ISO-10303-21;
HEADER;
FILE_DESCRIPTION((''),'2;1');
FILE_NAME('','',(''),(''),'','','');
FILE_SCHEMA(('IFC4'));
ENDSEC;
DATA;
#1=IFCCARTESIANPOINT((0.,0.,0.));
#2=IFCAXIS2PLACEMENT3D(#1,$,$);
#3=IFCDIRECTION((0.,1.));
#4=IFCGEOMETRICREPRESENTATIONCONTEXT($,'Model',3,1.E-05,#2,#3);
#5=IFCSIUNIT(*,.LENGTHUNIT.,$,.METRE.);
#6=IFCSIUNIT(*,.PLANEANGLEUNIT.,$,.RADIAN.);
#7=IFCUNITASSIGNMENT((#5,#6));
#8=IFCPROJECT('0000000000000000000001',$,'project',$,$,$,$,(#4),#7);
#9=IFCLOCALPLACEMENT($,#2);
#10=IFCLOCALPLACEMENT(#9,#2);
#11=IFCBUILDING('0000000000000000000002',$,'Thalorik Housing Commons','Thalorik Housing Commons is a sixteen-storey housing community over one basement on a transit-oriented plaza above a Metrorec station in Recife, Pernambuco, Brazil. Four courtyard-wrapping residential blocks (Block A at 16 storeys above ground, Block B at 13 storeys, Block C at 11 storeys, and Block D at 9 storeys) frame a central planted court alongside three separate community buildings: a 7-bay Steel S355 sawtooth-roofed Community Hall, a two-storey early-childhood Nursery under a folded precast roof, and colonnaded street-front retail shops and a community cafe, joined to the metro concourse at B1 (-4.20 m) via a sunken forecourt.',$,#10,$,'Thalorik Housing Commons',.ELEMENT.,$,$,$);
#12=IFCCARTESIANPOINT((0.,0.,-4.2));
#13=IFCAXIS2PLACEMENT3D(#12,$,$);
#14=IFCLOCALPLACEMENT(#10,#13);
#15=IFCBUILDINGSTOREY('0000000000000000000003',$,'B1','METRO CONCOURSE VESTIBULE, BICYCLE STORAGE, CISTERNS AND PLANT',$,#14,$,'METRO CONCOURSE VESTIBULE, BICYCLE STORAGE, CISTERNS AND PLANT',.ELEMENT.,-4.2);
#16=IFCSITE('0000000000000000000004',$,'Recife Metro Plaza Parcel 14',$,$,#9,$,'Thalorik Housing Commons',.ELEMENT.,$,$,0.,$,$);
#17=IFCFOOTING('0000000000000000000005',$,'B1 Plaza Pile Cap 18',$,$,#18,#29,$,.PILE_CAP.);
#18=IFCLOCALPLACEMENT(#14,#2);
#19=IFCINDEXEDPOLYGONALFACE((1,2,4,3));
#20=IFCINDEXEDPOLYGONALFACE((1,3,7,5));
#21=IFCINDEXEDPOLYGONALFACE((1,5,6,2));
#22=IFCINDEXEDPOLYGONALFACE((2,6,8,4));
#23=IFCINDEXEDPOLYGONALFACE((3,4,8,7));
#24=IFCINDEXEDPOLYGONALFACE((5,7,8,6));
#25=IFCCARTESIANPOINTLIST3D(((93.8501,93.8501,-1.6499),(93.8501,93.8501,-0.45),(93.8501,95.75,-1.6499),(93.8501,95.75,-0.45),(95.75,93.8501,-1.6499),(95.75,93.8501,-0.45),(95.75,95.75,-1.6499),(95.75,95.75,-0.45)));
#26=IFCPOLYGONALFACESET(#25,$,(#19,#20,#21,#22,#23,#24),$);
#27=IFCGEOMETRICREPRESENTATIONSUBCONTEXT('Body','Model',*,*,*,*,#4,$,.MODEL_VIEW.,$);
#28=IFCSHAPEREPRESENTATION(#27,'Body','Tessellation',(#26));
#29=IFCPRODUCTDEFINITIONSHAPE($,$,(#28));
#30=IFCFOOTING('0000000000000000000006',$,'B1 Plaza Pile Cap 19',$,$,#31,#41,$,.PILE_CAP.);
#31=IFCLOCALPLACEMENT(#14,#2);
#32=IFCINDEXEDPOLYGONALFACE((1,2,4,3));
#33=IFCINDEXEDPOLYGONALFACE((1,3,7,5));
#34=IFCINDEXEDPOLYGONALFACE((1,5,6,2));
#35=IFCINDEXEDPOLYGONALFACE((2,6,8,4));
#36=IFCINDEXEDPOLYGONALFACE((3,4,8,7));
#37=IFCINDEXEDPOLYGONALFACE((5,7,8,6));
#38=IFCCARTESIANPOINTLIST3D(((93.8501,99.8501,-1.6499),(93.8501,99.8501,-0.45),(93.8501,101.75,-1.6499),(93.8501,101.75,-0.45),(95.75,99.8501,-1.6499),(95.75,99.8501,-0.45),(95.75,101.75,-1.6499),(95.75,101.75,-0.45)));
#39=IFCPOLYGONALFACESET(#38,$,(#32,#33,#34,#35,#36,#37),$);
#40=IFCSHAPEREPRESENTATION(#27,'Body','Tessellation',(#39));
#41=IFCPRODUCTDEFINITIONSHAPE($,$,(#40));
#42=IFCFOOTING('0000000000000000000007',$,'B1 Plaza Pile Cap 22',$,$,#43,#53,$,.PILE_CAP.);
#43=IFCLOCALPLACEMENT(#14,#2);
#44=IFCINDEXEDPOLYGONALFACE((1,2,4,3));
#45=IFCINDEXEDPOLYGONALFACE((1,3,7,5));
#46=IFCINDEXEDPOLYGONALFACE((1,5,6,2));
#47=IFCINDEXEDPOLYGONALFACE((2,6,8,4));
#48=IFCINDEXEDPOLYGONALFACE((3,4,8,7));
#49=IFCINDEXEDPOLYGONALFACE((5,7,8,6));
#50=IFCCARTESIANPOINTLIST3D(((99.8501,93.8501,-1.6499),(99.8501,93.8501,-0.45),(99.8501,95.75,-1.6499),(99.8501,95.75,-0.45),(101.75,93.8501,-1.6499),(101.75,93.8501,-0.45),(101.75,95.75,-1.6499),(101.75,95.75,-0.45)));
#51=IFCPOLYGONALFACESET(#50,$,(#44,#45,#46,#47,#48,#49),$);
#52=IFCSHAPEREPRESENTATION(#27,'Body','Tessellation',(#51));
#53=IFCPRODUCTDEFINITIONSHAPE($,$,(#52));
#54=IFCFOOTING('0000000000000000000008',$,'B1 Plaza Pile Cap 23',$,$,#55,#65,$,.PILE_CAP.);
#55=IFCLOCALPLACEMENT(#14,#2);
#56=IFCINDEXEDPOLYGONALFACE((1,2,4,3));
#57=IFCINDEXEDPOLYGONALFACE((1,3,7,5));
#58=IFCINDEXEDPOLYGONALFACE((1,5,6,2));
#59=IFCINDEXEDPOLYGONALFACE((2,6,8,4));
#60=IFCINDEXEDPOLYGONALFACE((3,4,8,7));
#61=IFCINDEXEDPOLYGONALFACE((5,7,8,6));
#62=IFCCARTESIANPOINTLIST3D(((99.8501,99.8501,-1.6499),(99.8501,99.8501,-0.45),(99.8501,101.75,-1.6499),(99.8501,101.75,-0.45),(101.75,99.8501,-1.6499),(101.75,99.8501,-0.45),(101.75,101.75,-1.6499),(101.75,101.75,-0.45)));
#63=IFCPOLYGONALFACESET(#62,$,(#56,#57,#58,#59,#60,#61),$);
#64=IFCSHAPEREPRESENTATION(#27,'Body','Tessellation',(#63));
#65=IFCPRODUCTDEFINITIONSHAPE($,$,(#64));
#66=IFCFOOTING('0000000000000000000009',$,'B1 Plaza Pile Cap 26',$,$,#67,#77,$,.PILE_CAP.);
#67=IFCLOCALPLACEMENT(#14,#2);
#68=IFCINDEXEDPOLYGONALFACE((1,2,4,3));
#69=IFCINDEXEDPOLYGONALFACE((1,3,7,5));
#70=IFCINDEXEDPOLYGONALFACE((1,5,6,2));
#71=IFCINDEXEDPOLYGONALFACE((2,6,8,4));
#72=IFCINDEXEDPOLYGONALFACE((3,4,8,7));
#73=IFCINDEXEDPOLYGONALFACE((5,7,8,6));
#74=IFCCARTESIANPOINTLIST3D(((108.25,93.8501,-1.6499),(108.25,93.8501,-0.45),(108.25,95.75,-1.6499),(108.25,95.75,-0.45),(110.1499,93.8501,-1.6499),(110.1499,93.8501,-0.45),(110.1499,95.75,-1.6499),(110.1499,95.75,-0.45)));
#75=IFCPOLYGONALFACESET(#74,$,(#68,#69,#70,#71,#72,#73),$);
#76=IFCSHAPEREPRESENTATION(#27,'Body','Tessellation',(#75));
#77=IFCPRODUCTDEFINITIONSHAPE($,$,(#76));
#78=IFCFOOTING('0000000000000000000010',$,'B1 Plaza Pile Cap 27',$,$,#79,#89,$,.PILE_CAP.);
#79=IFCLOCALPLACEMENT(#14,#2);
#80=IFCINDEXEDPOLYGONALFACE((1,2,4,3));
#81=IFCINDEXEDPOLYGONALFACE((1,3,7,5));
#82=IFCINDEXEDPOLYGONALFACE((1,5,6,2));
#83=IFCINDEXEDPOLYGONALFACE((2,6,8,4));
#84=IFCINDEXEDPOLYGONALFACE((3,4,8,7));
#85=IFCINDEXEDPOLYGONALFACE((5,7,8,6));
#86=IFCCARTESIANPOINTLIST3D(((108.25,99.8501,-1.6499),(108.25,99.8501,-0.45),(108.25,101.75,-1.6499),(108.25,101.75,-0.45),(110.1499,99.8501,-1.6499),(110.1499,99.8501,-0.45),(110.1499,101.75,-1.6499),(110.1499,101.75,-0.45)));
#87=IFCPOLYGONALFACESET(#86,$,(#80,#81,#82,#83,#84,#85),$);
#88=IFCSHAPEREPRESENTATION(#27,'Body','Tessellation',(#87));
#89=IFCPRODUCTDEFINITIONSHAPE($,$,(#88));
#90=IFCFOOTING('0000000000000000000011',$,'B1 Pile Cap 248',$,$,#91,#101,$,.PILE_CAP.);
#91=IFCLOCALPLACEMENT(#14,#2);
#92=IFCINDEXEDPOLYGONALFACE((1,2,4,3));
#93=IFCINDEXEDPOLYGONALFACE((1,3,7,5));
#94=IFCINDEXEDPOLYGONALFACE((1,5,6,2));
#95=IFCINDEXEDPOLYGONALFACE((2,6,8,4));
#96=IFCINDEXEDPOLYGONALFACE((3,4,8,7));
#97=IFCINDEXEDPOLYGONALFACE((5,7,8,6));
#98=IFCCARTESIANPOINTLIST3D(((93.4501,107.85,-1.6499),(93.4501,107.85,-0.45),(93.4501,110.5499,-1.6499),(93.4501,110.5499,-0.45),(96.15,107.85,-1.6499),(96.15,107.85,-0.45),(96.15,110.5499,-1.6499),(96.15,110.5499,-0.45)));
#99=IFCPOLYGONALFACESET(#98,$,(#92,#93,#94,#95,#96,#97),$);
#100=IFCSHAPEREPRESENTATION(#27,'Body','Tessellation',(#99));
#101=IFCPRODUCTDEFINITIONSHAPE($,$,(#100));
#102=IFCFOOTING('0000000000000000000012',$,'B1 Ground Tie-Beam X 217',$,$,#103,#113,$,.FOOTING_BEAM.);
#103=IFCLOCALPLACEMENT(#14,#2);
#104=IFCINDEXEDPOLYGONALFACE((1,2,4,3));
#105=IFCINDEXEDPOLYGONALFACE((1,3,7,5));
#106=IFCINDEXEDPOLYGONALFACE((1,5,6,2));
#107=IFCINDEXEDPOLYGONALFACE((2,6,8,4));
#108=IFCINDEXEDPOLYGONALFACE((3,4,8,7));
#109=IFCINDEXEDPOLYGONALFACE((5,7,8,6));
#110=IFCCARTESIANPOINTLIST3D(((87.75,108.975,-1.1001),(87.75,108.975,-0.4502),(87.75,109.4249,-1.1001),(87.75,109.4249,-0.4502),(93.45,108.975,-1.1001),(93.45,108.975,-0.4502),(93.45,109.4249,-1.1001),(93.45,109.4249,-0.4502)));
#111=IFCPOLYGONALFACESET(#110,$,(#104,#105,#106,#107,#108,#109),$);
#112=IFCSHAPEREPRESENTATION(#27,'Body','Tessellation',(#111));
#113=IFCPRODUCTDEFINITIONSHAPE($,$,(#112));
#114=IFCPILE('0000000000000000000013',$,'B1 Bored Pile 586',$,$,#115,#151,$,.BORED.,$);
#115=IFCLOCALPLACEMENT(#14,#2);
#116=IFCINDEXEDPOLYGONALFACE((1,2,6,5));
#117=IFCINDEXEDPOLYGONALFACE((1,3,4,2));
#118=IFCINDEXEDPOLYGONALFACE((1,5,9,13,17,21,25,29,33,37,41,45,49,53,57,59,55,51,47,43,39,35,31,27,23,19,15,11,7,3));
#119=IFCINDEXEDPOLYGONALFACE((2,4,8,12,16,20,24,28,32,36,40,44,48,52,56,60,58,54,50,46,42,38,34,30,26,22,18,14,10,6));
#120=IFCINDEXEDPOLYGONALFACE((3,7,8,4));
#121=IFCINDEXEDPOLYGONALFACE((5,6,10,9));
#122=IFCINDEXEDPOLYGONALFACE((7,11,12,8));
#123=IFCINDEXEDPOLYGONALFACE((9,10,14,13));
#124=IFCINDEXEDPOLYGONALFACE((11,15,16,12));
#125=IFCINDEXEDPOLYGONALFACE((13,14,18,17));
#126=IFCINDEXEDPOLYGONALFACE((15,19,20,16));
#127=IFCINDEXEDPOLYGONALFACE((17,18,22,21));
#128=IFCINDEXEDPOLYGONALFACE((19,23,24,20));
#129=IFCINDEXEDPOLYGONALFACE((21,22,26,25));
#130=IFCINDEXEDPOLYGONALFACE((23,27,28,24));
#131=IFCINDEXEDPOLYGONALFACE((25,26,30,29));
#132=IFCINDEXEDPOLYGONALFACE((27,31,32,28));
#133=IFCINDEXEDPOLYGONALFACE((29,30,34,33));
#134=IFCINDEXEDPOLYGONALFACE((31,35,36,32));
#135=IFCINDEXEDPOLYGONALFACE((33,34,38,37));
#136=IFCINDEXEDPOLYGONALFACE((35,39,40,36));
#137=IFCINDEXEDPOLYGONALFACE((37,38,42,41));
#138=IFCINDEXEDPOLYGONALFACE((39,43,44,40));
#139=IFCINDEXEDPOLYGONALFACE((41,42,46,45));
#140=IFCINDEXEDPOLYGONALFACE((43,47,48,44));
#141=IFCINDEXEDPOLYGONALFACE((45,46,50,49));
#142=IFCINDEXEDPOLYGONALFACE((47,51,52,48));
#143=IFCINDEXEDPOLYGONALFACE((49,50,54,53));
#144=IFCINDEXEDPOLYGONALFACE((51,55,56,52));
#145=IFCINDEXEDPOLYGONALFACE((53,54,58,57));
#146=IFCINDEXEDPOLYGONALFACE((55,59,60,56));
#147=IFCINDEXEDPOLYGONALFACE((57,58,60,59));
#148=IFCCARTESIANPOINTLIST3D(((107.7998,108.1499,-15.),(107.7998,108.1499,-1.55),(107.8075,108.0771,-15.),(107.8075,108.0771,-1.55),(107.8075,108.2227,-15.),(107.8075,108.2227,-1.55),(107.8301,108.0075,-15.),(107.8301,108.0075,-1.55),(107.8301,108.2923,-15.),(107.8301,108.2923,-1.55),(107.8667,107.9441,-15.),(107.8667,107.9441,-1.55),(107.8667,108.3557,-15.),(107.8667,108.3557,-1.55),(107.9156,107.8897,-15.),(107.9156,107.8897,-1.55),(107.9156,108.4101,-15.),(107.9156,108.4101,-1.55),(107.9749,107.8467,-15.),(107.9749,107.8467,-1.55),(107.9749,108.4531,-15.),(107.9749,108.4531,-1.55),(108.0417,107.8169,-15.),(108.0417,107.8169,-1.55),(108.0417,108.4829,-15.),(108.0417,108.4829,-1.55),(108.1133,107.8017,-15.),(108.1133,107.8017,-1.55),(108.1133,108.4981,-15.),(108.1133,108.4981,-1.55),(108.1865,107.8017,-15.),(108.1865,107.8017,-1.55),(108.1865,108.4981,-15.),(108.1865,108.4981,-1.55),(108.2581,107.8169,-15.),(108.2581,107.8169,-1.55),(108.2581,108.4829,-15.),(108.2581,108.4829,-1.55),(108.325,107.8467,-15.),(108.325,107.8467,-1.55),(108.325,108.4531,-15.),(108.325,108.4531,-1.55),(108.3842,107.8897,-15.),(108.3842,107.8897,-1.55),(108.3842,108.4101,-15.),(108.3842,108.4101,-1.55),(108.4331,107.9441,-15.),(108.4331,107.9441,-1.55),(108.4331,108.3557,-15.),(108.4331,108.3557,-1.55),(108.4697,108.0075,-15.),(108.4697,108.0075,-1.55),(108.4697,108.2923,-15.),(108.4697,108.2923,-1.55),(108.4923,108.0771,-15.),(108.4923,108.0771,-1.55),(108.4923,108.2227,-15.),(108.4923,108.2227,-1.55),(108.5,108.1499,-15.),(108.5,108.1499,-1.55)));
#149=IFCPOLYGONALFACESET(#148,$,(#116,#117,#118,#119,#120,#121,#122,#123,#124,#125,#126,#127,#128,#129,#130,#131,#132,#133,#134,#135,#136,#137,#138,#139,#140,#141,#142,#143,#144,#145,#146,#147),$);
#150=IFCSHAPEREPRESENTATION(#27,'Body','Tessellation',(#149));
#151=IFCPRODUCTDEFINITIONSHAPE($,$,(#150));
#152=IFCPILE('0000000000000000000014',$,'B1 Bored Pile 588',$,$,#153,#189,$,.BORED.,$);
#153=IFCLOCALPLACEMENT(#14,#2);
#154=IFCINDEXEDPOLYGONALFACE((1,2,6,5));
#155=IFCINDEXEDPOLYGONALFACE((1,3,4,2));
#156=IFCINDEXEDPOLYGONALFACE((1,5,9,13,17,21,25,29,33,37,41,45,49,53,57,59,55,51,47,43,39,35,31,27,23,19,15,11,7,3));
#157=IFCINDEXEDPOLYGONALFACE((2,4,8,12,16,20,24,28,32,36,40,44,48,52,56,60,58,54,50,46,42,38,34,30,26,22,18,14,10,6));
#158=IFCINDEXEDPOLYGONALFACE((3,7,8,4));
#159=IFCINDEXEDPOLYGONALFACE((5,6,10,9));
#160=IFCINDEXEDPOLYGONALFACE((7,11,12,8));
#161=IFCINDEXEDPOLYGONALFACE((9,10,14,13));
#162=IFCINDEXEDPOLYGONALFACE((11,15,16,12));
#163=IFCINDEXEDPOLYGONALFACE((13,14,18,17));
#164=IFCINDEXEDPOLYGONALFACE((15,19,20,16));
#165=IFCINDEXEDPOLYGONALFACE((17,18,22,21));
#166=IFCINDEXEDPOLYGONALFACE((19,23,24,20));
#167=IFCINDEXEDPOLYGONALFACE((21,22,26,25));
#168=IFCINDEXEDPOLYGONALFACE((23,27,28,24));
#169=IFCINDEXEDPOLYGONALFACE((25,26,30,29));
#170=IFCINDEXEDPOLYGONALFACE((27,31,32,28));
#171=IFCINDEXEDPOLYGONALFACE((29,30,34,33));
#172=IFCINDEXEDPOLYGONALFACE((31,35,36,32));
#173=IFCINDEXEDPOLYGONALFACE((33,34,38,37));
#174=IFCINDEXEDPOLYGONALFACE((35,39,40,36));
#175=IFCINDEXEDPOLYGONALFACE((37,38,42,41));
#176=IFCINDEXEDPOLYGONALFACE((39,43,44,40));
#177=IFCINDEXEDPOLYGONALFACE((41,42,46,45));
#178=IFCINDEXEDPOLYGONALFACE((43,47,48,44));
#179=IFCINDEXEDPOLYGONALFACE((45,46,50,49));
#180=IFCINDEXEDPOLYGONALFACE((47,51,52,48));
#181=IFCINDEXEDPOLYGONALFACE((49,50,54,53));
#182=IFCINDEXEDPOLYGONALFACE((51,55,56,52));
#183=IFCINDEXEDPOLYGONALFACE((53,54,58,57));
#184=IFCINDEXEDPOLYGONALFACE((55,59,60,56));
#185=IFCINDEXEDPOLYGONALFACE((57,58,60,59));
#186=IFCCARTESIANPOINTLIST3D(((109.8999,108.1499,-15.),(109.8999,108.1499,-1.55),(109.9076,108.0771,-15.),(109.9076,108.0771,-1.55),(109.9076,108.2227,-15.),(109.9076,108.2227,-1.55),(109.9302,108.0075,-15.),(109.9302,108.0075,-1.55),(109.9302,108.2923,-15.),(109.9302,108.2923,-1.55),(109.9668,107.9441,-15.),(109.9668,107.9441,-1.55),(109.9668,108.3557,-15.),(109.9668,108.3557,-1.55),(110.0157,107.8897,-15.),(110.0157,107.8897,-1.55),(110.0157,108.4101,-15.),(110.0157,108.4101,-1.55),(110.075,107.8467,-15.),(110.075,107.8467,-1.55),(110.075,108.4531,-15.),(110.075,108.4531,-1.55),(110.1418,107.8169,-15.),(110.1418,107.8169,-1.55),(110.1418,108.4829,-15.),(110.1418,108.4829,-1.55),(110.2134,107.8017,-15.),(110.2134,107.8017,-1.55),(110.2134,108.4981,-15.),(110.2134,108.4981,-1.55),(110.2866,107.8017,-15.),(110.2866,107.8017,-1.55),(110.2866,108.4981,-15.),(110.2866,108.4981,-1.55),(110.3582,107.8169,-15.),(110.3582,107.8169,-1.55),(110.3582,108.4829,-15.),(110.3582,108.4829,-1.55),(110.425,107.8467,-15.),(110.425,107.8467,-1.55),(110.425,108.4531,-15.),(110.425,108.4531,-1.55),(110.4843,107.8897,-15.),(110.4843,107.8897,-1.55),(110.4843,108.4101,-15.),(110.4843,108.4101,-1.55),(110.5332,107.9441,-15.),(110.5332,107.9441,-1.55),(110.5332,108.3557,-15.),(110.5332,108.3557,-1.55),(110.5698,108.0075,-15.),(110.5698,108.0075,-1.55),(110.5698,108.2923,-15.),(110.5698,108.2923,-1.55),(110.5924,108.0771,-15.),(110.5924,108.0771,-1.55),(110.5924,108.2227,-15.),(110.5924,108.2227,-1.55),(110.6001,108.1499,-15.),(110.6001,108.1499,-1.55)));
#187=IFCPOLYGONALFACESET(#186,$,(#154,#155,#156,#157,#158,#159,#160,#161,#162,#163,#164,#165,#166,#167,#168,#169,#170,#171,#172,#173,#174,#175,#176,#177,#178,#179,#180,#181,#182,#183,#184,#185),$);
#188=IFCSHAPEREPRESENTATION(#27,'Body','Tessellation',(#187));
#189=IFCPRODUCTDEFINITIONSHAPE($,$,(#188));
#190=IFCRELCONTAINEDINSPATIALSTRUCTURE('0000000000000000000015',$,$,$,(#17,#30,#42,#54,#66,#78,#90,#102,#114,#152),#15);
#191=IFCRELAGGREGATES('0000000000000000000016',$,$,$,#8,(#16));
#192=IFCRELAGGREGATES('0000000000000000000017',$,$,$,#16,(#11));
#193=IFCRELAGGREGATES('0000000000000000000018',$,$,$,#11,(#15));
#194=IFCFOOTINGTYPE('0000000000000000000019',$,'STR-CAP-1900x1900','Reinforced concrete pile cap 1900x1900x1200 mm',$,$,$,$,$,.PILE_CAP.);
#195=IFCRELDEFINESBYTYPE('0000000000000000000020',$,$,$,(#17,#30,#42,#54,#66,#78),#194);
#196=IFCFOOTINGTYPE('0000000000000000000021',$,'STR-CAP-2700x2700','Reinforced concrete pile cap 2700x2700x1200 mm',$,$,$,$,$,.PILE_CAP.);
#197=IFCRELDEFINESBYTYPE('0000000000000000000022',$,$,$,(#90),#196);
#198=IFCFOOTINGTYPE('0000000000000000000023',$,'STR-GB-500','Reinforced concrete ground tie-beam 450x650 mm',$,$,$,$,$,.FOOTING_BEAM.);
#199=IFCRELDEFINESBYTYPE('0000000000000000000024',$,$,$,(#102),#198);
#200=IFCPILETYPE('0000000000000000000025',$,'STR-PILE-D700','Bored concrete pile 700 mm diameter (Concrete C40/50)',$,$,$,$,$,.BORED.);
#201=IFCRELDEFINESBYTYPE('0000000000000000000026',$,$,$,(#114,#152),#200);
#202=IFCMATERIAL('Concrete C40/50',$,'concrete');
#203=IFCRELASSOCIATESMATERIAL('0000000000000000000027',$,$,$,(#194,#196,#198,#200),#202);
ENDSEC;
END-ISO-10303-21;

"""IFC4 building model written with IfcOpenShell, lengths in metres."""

from ifc_helpers import new_model, si_unit, direction, frame, origin, origin_2d, place, context, subcontext, project, spatial, rectangle, circle, extrude, material, material_profile, profile_set, type_object, element, save


model = new_model("IFC4")

# Units and contexts
model_context = context("Model", 3, precision=1e-05, world=origin(), true_north=direction((0.0, 1.0)))
body_context = subcontext(model_context, "Body", "Model", "MODEL_VIEW")
ifc_project = project(units=[si_unit("LENGTHUNIT", "METRE"), si_unit("PLANEANGLEUNIT", "RADIAN")], contexts=[model_context])

# Site, building, storey
site_placement = place(None, origin())
site = spatial("IfcSite", under=ifc_project, at=site_placement, Name="Recife Metro Plaza Parcel 14", LongName="Thalorik Housing Commons", CompositionType="ELEMENT", RefElevation=0.0)
building_placement = place(site_placement, origin())
building = spatial("IfcBuilding", under=site, at=building_placement, Name="Thalorik Housing Commons", Description="Thalorik Housing Commons is a sixteen-storey housing community over one basement on a transit-oriented plaza above a Metrorec station in Recife, Pernambuco, Brazil. Four courtyard-wrapping residential blocks (Block A at 16 storeys above ground, Block B at 13 storeys, Block C at 11 storeys, and Block D at 9 storeys) frame a central planted court alongside three separate community buildings: a 7-bay Steel S355 sawtooth-roofed Community Hall, a two-storey early-childhood Nursery under a folded precast roof, and colonnaded street-front retail shops and a community cafe, joined to the metro concourse at B1 (-4.20 m) via a sunken forecourt.", LongName="Thalorik Housing Commons", CompositionType="ELEMENT")
storey_placement = place(building_placement, frame((0.0, 0.0, -4.2)))
storey = spatial("IfcBuildingStorey", under=building, at=storey_placement, Name="B1", Description="METRO CONCOURSE VESTIBULE, BICYCLE STORAGE, CISTERNS AND PLANT", LongName="METRO CONCOURSE VESTIBULE, BICYCLE STORAGE, CISTERNS AND PLANT", CompositionType="ELEMENT", Elevation=-4.2)

# Footings
ifc_material_1 = material(Name="Concrete C40/50", Category="concrete")
footing_type_1 = type_object("IfcFootingType", Name="STR-CAP-1900x1900", Description="Reinforced concrete pile cap 1900x1900x1200 mm", PredefinedType="PILE_CAP", material=ifc_material_1)
for number, where, z_axis, x_axis, name in (
    (1, (94.8, 94.8, -1.6499), (0.0, 0.0, 1.0), (1.0, 0.0, 0.0), "B1 Plaza Pile Cap 18"),
    (2, (94.8, 100.8, -1.6499), (0.0, 0.0, 1.0), (1.0, 0.0, 0.0), "B1 Plaza Pile Cap 19"),
    (3, (100.8, 94.8, -1.6499), (0.0, 0.0, 1.0), (1.0, 0.0, 0.0), "B1 Plaza Pile Cap 22"),
    (4, (100.8, 100.8, -1.6499), (0.0, 0.0, 1.0), (1.0, 0.0, 0.0), "B1 Plaza Pile Cap 23"),
    (5, (109.2, 94.8, -1.6499), (0.0, 0.0, 1.0), (1.0, 0.0, 0.0), "B1 Plaza Pile Cap 26"),
    (6, (109.2, 100.8, -1.6499), (0.0, 0.0, 1.0), (1.0, 0.0, 0.0), "B1 Plaza Pile Cap 27"),
):
    element("IfcFooting", number, at=place(storey_placement, frame(where, z_axis=z_axis, x_axis=x_axis)), inside=storey, type_object=footing_type_1, Name=name, PredefinedType="PILE_CAP", context=body_context, shape_type="SweptSolid", body=[
        extrude(rectangle(XDim=1.8999, YDim=1.8999, at=origin_2d()), origin(), (0.0, 0.0, 1.0), 1.2),
    ])
footing_type_2 = type_object("IfcFootingType", Name="STR-CAP-2700x2700", Description="Reinforced concrete pile cap 2700x2700x1200 mm", PredefinedType="PILE_CAP", material=ifc_material_1)
footing_1_placement = place(storey_placement, frame((94.8, 109.2, -1.6499), z_axis=(0.0, 0.0, 1.0), x_axis=(1.0, 0.0, 0.0)))
element("IfcFooting", 7, at=footing_1_placement, inside=storey, type_object=footing_type_2, Name="B1 Pile Cap 248", PredefinedType="PILE_CAP", context=body_context, shape_type="SweptSolid", body=[
    extrude(rectangle(XDim=2.7, YDim=2.7, at=origin_2d()), origin(), (0.0, 0.0, 1.0), 1.2),
])
ifc_material_profile_1 = material_profile(ifc_material_1, rectangle(XDim=0.45, YDim=0.6499, at=origin_2d()), Name="RC 450x650", Category="concrete")
ifc_profile_set_1 = profile_set([ifc_material_profile_1], Name="Concrete C40/50")
footing_type_3 = type_object("IfcFootingType", Name="STR-GB-500", Description="Reinforced concrete ground tie-beam 450x650 mm", PredefinedType="FOOTING_BEAM", material=ifc_profile_set_1)
footing_2_placement = place(storey_placement, frame((87.75, 109.2, -0.7751), z_axis=(1.0, 0.0, 0.0), x_axis=(0.0, 1.0, 0.0)))
element("IfcFooting", 8, at=footing_2_placement, inside=storey, type_object=footing_type_3, Name="B1 Ground Tie-Beam X 217", PredefinedType="FOOTING_BEAM", context=body_context, shape_type="SweptSolid", body=[
    extrude(rectangle(XDim=0.45, YDim=0.6499, at=origin_2d()), origin(), (0.0, 0.0, 1.0), 5.7),
])

# Piles
ifc_material_profile_2 = material_profile(ifc_material_1, circle(Radius=0.3501, at=origin_2d()), Name="BORED PILE D700", Category="concrete")
ifc_profile_set_2 = profile_set([ifc_material_profile_2], Name="Concrete C40/50")
pile_type = type_object("IfcPileType", Name="STR-PILE-D700", Description="Bored concrete pile 700 mm diameter (Concrete C40/50)", PredefinedType="BORED", material=ifc_profile_set_2)
for number, where, z_axis, x_axis, name in (
    (9, (108.1499, 108.1499, -1.55), (0.0, 0.0, -1.0), (1.0, 0.0, 0.0), "B1 Bored Pile 586"),
    (10, (110.25, 108.1499, -1.55), (0.0, 0.0, -1.0), (1.0, 0.0, 0.0), "B1 Bored Pile 588"),
):
    element("IfcPile", number, at=place(storey_placement, frame(where, z_axis=z_axis, x_axis=x_axis)), inside=storey, type_object=pile_type, Name=name, PredefinedType="BORED", context=body_context, shape_type="SweptSolid", body=[
        extrude(circle(Radius=0.3501, at=origin_2d()), origin(), (0.0, 0.0, 1.0), 13.45),
    ])

save(model, "model.ifc")
